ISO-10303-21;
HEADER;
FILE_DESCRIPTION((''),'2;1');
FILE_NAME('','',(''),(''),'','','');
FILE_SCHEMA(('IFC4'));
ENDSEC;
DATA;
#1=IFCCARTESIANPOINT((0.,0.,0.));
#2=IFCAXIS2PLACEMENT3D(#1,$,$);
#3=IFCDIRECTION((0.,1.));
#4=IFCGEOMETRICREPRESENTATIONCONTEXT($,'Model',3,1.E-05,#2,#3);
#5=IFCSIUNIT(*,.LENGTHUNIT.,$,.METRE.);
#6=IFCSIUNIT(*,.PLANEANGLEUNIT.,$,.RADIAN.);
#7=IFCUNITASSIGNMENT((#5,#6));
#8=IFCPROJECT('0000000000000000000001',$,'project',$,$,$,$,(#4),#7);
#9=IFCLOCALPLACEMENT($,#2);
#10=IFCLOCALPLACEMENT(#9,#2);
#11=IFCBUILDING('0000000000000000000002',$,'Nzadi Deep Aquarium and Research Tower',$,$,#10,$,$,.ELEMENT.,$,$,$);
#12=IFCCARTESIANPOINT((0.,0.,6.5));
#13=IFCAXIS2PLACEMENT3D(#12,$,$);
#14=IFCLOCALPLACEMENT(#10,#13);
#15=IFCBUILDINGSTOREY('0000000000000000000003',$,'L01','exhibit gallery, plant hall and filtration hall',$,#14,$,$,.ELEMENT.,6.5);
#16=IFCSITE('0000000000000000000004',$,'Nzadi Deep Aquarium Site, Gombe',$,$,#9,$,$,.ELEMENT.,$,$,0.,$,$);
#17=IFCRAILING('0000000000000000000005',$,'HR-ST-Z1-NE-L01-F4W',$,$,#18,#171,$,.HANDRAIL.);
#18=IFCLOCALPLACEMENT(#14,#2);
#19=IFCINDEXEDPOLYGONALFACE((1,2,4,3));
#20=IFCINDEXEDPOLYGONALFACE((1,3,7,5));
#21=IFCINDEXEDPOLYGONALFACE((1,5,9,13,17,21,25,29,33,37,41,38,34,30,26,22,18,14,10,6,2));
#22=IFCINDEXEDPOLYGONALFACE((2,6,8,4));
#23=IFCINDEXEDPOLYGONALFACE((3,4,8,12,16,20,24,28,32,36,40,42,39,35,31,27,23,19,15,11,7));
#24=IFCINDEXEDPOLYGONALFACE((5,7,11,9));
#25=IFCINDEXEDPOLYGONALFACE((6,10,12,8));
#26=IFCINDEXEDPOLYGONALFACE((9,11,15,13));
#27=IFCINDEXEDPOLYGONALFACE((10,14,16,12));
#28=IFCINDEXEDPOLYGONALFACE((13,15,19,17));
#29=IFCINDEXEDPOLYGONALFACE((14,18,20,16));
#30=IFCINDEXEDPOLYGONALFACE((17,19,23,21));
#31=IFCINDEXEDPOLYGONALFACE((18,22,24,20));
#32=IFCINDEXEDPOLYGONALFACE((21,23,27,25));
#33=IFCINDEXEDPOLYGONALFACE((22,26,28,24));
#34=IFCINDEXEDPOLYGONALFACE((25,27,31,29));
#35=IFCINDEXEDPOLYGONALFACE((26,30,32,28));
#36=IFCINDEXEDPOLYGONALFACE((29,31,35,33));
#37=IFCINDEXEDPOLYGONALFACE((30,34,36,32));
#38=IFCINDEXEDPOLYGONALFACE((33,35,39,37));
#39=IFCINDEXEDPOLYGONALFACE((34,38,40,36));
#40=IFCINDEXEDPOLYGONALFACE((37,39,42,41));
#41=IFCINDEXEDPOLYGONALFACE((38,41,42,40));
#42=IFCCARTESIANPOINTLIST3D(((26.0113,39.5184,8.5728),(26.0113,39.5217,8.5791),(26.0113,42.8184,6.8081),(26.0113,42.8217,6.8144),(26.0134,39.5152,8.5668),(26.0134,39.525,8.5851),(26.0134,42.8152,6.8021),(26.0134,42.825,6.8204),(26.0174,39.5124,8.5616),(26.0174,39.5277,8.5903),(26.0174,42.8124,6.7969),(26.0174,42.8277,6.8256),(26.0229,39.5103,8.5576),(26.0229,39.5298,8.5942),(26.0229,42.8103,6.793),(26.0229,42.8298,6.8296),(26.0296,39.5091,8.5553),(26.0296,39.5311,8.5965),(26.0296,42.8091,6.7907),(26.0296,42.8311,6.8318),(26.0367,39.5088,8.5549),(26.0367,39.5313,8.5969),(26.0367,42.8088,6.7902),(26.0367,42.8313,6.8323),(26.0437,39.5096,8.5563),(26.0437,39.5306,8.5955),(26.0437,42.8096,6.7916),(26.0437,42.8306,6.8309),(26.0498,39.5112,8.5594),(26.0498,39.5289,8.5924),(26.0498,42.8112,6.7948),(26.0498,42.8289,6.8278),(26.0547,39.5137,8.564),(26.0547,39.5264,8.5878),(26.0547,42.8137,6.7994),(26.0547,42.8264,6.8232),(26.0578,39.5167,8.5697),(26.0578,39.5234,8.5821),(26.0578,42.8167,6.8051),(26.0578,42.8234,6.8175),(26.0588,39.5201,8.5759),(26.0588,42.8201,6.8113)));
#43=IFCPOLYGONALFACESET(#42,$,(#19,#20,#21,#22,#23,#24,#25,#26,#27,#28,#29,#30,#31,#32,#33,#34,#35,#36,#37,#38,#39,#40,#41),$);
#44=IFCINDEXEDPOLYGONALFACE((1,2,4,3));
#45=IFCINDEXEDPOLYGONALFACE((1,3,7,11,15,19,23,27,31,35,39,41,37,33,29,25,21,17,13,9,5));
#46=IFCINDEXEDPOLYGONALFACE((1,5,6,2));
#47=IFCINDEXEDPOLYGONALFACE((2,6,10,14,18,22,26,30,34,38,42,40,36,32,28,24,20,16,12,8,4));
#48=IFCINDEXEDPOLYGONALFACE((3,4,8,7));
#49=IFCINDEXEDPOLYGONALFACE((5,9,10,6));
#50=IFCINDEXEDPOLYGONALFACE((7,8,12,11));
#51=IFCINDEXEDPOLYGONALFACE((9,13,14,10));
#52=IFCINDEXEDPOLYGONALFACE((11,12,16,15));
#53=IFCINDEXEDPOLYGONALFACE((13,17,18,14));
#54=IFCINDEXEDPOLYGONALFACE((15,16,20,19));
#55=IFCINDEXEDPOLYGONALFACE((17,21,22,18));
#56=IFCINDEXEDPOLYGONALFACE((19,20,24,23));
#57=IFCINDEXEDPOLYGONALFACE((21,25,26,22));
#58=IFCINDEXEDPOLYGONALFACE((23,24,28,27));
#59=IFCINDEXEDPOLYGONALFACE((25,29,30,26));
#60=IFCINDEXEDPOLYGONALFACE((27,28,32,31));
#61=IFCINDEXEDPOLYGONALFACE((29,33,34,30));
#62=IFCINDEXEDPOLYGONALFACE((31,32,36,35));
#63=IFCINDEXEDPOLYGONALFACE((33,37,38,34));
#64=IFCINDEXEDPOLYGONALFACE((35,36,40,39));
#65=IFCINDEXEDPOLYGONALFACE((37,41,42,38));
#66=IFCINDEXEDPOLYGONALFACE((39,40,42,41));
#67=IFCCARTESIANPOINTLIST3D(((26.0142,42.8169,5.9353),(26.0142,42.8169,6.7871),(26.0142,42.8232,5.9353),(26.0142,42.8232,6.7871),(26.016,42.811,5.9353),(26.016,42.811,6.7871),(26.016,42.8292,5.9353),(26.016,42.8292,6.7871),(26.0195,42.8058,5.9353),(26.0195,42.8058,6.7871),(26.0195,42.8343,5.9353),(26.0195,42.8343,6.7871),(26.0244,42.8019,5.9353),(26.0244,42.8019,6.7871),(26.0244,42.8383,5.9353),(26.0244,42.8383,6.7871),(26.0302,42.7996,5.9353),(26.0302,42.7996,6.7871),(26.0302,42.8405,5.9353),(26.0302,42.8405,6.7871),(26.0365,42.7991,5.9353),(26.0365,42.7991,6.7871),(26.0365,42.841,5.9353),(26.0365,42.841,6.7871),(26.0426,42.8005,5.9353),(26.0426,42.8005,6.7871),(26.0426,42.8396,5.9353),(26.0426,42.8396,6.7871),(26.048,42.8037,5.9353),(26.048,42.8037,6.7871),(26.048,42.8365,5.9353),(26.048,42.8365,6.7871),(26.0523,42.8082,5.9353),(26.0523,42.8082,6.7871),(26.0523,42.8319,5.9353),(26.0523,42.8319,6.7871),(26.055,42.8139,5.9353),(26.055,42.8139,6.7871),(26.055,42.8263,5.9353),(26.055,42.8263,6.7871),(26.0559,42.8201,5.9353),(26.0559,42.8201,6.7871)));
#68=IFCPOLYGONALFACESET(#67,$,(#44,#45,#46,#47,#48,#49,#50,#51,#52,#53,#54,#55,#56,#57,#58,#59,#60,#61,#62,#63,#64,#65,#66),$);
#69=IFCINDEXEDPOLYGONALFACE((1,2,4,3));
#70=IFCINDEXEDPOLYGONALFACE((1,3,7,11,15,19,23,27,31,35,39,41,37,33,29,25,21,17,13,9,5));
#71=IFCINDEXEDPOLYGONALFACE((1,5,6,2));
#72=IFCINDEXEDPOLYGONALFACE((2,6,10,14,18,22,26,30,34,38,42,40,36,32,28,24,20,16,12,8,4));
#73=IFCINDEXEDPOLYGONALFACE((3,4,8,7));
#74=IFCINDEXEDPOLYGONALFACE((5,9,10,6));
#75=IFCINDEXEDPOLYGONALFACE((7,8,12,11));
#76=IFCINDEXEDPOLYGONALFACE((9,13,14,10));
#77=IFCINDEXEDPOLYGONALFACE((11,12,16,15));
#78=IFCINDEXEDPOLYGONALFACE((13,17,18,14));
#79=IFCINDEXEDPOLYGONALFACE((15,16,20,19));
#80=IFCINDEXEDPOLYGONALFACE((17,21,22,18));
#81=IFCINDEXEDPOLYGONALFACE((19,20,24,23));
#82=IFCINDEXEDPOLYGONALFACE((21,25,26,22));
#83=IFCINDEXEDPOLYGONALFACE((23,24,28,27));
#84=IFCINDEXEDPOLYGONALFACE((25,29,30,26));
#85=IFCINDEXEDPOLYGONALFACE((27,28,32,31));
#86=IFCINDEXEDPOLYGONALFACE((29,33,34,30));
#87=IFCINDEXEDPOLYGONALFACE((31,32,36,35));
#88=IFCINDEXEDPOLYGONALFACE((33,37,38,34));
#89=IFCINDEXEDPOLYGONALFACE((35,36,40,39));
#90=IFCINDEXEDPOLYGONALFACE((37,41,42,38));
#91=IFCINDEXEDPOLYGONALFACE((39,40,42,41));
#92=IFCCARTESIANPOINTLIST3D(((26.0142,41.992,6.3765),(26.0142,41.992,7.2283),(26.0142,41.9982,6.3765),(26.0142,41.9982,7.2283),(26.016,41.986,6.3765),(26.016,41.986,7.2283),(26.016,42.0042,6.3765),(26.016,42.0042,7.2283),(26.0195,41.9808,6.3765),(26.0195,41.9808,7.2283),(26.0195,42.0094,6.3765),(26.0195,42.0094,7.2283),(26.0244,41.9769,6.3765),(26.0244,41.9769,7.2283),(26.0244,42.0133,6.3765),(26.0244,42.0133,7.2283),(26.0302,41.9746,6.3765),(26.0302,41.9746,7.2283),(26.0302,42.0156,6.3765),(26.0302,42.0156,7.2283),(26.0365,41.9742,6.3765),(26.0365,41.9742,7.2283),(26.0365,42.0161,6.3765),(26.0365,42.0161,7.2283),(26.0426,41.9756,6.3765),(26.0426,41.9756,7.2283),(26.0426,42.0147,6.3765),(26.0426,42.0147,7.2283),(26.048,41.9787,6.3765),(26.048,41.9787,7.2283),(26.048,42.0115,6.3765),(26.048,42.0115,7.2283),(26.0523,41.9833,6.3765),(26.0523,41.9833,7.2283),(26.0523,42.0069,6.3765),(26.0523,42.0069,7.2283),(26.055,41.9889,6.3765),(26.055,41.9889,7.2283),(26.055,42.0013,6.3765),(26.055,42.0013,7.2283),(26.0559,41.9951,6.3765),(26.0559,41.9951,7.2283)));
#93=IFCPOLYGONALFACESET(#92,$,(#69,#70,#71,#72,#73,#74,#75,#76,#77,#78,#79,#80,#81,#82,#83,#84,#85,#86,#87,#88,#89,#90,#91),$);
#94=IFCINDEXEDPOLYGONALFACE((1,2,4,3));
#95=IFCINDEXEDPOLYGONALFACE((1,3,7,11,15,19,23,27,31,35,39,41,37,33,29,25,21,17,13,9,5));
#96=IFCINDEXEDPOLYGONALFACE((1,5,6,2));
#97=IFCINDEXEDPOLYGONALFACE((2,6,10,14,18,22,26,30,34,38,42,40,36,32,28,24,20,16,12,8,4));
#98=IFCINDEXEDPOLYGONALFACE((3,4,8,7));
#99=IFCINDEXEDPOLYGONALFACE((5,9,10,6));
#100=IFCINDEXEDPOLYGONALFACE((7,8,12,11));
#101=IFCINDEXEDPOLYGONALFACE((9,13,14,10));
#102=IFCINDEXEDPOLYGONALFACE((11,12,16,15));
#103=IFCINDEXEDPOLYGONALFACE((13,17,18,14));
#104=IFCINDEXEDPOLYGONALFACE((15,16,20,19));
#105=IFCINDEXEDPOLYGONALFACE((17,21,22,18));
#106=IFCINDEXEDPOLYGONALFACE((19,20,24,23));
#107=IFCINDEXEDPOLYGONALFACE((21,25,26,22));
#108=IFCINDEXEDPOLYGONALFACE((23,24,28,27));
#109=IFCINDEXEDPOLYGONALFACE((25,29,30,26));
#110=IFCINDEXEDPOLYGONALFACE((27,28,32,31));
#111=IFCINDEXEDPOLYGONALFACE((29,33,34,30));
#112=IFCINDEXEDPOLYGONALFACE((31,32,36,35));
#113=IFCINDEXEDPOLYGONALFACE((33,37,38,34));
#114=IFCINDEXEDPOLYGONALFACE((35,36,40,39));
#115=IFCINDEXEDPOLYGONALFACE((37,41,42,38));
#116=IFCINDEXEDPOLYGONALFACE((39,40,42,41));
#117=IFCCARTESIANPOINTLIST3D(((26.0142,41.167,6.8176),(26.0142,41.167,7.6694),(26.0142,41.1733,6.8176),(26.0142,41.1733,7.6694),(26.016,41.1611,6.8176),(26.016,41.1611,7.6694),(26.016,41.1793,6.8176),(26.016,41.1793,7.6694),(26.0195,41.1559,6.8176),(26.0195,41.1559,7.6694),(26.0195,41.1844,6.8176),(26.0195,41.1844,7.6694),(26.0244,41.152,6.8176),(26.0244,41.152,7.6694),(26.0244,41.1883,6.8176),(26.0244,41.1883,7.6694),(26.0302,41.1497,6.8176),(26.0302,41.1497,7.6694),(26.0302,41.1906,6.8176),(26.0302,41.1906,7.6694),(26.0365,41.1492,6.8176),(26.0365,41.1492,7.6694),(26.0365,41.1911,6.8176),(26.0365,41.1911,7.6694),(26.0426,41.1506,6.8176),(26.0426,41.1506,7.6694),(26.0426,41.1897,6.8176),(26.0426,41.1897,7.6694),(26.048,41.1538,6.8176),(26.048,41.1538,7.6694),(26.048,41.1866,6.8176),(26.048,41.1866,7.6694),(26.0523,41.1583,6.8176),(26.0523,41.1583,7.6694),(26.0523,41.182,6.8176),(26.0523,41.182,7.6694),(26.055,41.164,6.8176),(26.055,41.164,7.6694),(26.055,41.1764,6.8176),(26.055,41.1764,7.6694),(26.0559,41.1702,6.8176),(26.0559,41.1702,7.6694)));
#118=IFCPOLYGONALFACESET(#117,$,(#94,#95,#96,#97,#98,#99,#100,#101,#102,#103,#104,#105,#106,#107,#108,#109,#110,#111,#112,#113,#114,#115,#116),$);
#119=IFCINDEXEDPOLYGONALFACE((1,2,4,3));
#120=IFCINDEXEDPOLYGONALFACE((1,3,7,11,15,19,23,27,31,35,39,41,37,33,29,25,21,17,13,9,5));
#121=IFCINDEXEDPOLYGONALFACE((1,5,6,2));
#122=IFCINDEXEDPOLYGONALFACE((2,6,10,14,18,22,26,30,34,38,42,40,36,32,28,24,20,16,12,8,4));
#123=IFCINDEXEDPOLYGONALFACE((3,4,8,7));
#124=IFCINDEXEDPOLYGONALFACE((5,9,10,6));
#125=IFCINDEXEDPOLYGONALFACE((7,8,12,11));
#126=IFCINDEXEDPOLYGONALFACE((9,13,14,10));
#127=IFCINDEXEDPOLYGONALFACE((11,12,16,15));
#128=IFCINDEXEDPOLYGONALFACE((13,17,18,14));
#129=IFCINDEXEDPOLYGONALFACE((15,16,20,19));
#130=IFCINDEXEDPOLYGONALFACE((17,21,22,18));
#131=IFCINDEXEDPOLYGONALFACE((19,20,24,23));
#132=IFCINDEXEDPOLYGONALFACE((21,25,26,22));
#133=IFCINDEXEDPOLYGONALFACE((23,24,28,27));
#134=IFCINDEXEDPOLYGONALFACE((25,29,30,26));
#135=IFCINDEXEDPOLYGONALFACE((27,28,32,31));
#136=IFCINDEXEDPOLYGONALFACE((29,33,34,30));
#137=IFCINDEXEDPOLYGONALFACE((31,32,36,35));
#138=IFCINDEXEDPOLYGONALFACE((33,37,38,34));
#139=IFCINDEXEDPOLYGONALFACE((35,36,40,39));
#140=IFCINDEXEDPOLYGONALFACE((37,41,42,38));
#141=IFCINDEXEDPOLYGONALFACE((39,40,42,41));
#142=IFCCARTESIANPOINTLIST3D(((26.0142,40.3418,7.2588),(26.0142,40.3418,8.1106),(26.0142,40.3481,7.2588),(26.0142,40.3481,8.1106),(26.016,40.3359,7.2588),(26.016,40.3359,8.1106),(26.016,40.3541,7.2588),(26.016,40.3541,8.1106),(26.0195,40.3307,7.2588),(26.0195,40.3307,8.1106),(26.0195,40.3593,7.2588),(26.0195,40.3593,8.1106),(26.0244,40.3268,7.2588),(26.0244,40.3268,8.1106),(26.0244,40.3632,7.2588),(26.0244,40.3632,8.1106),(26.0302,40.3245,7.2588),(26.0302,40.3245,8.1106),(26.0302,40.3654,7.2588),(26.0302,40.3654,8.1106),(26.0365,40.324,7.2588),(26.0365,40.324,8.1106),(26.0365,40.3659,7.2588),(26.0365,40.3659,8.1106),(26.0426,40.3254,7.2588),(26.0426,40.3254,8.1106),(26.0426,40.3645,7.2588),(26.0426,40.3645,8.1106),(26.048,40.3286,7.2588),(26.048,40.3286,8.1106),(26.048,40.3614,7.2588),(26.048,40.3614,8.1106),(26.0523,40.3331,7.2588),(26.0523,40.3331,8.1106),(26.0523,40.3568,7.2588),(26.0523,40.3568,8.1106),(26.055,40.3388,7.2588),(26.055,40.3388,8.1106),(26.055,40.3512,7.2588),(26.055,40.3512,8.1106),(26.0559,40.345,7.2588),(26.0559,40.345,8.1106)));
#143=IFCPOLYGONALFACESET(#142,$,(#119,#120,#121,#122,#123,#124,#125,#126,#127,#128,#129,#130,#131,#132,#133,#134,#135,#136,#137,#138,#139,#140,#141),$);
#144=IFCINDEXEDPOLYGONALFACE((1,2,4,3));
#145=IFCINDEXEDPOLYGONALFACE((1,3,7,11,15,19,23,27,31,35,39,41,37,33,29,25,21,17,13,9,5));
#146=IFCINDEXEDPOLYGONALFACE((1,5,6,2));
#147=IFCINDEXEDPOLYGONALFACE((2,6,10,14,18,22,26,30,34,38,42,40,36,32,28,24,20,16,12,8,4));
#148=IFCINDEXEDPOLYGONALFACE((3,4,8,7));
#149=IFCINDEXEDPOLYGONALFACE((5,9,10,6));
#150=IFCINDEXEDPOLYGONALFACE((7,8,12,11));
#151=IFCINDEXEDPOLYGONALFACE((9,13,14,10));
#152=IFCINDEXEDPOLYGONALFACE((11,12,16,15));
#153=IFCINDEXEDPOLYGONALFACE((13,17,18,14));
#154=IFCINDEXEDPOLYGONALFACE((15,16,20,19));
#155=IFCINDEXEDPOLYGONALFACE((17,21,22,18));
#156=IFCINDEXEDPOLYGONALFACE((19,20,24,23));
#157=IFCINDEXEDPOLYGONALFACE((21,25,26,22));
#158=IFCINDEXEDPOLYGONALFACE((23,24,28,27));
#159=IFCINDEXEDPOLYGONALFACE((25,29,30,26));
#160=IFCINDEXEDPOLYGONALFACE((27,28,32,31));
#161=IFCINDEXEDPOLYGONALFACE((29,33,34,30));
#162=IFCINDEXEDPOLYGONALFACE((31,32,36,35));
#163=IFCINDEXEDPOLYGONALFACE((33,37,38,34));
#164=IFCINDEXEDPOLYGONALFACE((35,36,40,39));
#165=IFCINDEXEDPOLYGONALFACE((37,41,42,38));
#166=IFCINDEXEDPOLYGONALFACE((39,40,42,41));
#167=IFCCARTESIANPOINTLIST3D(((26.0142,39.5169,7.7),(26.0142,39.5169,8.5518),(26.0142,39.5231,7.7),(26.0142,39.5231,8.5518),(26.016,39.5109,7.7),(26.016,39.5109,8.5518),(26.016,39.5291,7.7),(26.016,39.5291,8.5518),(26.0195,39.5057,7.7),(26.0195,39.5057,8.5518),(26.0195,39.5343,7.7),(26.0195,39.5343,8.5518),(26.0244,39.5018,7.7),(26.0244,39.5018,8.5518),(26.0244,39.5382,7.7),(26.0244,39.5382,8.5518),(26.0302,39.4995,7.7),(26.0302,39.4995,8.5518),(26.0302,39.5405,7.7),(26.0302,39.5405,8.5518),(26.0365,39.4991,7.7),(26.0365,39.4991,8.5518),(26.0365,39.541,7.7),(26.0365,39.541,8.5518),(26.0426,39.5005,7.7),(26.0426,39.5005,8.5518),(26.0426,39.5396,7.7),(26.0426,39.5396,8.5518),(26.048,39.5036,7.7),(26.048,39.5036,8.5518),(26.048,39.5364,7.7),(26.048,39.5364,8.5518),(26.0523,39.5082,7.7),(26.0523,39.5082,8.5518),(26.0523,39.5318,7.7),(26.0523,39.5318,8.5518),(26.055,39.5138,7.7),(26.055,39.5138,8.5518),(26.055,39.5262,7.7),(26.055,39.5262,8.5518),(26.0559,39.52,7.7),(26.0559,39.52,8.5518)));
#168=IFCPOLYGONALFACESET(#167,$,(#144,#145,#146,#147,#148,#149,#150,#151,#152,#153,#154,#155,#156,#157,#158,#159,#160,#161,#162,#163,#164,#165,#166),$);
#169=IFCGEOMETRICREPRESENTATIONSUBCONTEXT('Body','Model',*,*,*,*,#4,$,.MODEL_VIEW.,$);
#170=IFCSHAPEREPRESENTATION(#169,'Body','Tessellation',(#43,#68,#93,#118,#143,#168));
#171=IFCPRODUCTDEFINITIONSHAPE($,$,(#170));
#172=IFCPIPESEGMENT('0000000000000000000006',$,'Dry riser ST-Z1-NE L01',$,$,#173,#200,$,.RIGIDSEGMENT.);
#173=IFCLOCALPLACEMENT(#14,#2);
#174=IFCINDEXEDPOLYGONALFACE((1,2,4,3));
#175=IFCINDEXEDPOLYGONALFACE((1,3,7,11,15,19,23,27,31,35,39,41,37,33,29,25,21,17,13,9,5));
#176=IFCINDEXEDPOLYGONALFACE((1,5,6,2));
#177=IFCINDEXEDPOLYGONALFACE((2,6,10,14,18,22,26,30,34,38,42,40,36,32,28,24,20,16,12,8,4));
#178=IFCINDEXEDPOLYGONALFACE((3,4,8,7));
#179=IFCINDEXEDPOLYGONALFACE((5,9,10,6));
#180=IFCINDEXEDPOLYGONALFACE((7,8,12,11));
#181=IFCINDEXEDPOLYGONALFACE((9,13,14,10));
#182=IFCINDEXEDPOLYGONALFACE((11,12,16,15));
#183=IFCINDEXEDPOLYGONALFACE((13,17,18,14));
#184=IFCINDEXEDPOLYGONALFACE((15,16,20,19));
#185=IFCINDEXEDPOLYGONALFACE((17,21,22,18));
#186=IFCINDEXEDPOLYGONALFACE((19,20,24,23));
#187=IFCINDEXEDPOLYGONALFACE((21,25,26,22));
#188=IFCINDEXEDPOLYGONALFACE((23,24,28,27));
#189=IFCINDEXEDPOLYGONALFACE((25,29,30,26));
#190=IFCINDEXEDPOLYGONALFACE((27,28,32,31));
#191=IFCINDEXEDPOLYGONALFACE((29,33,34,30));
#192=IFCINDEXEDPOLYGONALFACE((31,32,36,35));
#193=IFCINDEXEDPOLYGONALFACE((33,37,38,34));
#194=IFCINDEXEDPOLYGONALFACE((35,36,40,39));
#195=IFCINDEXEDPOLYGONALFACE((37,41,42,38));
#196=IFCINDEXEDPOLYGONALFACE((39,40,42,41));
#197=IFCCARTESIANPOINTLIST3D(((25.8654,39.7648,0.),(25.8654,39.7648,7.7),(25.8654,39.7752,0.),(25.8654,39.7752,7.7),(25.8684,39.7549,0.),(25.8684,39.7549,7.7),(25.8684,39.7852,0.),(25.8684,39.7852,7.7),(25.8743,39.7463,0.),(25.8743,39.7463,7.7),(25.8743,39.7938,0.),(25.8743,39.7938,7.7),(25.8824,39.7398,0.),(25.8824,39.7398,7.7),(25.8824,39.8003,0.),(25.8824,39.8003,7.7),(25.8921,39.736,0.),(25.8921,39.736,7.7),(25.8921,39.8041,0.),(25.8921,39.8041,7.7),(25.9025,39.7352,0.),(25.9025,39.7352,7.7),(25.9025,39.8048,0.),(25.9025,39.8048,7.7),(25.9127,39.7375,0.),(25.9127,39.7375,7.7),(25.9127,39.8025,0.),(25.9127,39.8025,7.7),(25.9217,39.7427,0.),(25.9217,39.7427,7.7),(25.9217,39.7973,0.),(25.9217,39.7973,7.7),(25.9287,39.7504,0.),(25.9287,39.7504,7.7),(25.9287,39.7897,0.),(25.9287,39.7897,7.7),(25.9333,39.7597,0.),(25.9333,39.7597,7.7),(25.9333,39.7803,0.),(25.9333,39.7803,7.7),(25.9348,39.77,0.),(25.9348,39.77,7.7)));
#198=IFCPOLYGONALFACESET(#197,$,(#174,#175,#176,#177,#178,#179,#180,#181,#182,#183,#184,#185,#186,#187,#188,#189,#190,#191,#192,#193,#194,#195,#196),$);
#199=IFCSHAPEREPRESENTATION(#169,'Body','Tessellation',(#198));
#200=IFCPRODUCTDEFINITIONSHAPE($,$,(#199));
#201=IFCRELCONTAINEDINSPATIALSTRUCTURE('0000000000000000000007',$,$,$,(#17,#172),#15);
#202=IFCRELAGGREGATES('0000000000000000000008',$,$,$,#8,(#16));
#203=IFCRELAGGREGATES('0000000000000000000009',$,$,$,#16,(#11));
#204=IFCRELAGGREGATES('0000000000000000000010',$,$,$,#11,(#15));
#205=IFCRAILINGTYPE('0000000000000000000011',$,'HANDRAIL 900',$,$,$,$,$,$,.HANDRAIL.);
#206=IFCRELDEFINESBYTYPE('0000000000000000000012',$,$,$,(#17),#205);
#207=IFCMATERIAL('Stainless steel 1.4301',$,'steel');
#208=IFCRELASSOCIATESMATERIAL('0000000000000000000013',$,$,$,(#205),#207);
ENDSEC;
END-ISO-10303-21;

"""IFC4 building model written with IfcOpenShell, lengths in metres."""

from ifc_helpers import new_model, si_unit, direction, frame, origin, origin_2d, place, context, subcontext, project, spatial, circle, extrude, material, type_object, element, save


model = new_model("IFC4")

# Units and contexts
model_context = context("Model", 3, precision=1e-05, world=origin(), true_north=direction((0.0, 1.0)))
body_context = subcontext(model_context, "Body", "Model", "MODEL_VIEW")
ifc_project = project(units=[si_unit("LENGTHUNIT", "METRE"), si_unit("PLANEANGLEUNIT", "RADIAN")], contexts=[model_context])

# Site, building, storey
site_placement = place(None, origin())
site = spatial("IfcSite", under=ifc_project, at=site_placement, Name="Nzadi Deep Aquarium Site, Gombe", CompositionType="ELEMENT", RefElevation=0.0)
building_placement = place(site_placement, origin())
building = spatial("IfcBuilding", under=site, at=building_placement, Name="Nzadi Deep Aquarium and Research Tower", CompositionType="ELEMENT")
storey_placement = place(building_placement, frame((0.0, 0.0, 6.5)))
storey = spatial("IfcBuildingStorey", under=building, at=storey_placement, Name="L01", Description="exhibit gallery, plant hall and filtration hall", CompositionType="ELEMENT", Elevation=6.5)

# Railing
ifc_material_1 = material(Name="Stainless steel 1.4301", Category="steel")
railing_type = type_object("IfcRailingType", Name="HANDRAIL 900", PredefinedType="HANDRAIL", material=ifc_material_1)
for number, where, name in (
    (1, (26.0349, 42.8201, 5.9353), "HR-ST-Z1-NE-L01-F4W"),
):
    element("IfcRailing", number, at=place(storey_placement, frame(where)), inside=storey, type_object=railing_type, Name=name, PredefinedType="HANDRAIL", context=body_context, shape_type="SweptSolid", body=[
        extrude(circle(Radius=0.0239, at=origin_2d()), frame((0.0, 0.0, 0.876), z_axis=(0.0, -0.88184, 0.47155), x_axis=(1.0, 0.0, 0.0)), (0.0, 0.0, 1.0), 3.7422),
        extrude(circle(Radius=0.021, at=origin_2d()), origin(), (0.0, 0.0, 1.0), 0.8518),
        extrude(circle(Radius=0.021, at=origin_2d()), frame((0.0, -0.825, 0.4412)), (0.0, 0.0, 1.0), 0.8518),
        extrude(circle(Radius=0.021, at=origin_2d()), frame((0.0, -1.6499, 0.8823)), (0.0, 0.0, 1.0), 0.8518),
        extrude(circle(Radius=0.021, at=origin_2d()), frame((0.0, -2.4751, 1.3235)), (0.0, 0.0, 1.0), 0.8518),
        extrude(circle(Radius=0.021, at=origin_2d()), frame((0.0, -3.3, 1.7646)), (0.0, 0.0, 1.0), 0.8518),
    ])

# Pipe segment
pipe_segment_placement = place(storey_placement, frame((25.8999, 39.77, 0.0), z_axis=(0.0, 0.0, 1.0), x_axis=(1.0, 0.0, 0.0)))
element("IfcPipeSegment", 2, at=pipe_segment_placement, inside=storey, Name="Dry riser ST-Z1-NE L01", PredefinedType="RIGIDSEGMENT", context=body_context, shape_type="SweptSolid", body=[
    extrude(circle(Radius=0.0349, at=origin_2d()), origin(), (0.0, 0.0, 1.0), 7.7),
])

save(model, "model.ifc")
